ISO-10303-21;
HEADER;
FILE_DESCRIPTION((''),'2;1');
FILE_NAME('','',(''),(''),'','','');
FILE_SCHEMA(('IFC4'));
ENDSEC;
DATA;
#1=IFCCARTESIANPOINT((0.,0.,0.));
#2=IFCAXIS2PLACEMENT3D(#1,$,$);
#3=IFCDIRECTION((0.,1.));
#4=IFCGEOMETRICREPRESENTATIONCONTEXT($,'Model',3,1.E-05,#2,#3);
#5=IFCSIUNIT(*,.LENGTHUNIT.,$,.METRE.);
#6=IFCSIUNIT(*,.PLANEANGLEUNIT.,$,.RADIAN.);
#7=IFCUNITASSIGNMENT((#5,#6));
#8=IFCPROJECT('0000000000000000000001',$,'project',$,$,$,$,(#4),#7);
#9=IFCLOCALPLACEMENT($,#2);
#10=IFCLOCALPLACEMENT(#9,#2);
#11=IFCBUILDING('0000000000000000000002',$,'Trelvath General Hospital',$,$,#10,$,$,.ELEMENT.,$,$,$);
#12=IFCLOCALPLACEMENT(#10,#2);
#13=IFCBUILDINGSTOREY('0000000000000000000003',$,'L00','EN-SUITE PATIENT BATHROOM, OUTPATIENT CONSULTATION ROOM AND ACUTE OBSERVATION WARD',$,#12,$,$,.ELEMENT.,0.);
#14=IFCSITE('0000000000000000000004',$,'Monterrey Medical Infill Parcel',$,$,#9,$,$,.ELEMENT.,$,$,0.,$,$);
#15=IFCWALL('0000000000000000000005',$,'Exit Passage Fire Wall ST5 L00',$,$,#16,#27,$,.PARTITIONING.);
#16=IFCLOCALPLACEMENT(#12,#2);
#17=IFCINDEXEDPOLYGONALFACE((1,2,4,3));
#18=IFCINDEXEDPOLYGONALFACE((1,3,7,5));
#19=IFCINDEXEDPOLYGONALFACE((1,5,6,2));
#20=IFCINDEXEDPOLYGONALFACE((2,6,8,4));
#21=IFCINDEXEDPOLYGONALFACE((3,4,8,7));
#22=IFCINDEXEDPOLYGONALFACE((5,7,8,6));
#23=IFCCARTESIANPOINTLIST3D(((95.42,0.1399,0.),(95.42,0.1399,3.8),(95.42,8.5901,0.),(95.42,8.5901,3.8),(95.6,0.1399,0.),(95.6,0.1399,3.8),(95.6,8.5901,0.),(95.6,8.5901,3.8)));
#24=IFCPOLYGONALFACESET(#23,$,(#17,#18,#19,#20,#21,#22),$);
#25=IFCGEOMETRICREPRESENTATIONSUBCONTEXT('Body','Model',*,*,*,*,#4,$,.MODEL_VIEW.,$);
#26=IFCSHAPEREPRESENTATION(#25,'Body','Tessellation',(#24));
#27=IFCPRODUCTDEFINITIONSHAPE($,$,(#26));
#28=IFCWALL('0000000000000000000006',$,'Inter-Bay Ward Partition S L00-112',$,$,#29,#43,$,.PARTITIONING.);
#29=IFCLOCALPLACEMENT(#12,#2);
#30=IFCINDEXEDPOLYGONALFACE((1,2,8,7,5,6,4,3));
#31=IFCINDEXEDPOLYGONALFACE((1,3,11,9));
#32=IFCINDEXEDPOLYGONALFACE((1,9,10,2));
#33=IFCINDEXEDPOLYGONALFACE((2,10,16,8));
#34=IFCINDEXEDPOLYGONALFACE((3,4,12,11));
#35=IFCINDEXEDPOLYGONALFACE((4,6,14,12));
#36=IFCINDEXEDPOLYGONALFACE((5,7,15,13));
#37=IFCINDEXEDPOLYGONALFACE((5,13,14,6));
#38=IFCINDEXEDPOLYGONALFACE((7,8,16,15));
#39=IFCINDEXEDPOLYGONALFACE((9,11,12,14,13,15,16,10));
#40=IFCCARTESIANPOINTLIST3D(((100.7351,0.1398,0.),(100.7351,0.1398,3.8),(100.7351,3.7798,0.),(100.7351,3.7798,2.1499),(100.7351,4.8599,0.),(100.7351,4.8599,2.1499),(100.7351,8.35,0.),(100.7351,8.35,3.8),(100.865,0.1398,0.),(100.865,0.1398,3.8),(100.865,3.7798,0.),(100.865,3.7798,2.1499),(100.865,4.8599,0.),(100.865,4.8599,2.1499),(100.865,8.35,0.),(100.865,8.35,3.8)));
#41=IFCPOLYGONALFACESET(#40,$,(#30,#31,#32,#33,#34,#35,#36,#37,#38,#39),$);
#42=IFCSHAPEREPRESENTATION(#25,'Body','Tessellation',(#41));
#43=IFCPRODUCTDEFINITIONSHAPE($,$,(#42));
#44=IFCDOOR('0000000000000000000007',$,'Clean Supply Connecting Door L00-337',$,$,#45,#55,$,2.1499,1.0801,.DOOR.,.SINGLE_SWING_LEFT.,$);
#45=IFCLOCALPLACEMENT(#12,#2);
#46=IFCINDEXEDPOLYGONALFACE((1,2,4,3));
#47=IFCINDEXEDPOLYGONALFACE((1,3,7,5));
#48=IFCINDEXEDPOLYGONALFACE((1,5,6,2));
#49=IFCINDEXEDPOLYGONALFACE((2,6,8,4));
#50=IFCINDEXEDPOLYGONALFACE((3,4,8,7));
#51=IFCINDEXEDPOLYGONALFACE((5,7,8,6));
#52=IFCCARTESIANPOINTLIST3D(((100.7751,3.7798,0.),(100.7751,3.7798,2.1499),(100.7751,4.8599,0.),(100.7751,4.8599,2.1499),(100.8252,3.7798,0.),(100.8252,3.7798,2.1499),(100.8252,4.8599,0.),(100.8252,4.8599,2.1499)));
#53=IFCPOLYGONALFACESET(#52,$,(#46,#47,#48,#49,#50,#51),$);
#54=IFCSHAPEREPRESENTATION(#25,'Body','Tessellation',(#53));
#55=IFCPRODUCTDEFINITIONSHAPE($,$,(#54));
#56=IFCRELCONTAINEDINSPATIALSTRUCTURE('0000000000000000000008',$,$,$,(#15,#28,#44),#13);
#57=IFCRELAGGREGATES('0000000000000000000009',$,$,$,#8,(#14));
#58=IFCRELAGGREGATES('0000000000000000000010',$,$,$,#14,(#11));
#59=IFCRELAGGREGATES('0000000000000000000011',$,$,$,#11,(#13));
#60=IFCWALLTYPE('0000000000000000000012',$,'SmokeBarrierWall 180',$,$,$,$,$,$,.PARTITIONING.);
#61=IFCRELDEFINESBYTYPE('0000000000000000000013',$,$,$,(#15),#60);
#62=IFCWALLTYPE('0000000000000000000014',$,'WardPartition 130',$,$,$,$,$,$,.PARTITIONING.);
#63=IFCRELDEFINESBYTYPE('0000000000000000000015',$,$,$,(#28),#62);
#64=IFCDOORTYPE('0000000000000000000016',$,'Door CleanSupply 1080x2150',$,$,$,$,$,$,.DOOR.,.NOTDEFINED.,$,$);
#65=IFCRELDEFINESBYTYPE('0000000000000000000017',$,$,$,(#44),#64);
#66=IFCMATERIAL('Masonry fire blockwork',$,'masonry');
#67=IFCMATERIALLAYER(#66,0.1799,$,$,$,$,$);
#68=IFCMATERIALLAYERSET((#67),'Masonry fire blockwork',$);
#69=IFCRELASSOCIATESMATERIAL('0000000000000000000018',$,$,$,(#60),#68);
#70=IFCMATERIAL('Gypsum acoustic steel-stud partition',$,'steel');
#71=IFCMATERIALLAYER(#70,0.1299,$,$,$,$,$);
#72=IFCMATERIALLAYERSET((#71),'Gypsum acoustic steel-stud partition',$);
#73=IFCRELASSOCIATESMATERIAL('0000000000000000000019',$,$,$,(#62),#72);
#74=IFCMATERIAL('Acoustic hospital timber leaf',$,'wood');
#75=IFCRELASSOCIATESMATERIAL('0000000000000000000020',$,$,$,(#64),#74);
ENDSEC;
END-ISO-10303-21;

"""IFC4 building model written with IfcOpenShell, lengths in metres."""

from ifc_helpers import new_model, si_unit, direction, frame, frame_2d, origin, place, context, subcontext, project, spatial, rectangle, extrude, material, layer, layer_set, type_object, element, fill, save


model = new_model("IFC4")

# Units and contexts
model_context = context("Model", 3, precision=1e-05, world=origin(), true_north=direction((0.0, 1.0)))
body_context = subcontext(model_context, "Body", "Model", "MODEL_VIEW")
ifc_project = project(units=[si_unit("LENGTHUNIT", "METRE"), si_unit("PLANEANGLEUNIT", "RADIAN")], contexts=[model_context])

# Site, building, storey
site_placement = place(None, origin())
site = spatial("IfcSite", under=ifc_project, at=site_placement, Name="Monterrey Medical Infill Parcel", CompositionType="ELEMENT", RefElevation=0.0)
building_placement = place(site_placement, origin())
building = spatial("IfcBuilding", under=site, at=building_placement, Name="Trelvath General Hospital", CompositionType="ELEMENT")
storey_placement = place(building_placement, origin())
storey = spatial("IfcBuildingStorey", under=building, at=storey_placement, Name="L00", Description="EN-SUITE PATIENT BATHROOM, OUTPATIENT CONSULTATION ROOM AND ACUTE OBSERVATION WARD", CompositionType="ELEMENT", Elevation=0.0)

# Wall
ifc_material_1 = material(Name="Masonry fire blockwork", Category="masonry")
ifc_layer_1 = layer(ifc_material_1, 0.1799)
ifc_layer_set_1 = layer_set([ifc_layer_1], Name="Masonry fire blockwork")
wall_type_1 = type_object("IfcWallType", Name="SmokeBarrierWall 180", PredefinedType="PARTITIONING", material=ifc_layer_set_1)
wall_1_placement = place(storey_placement, frame((95.51, 0.1399, 0.0), z_axis=(0.0, 0.0, 1.0), x_axis=(0.0, 1.0, 0.0)))
element("IfcWall", 1, at=wall_1_placement, inside=storey, type_object=wall_type_1, Name="Exit Passage Fire Wall ST5 L00", PredefinedType="PARTITIONING", context=body_context, shape_type="SweptSolid", body=[
    extrude(rectangle(XDim=8.4502, YDim=0.1799, at=frame_2d((4.2251, 0.0))), origin(), (0.0, 0.0, 1.0), 3.8),
])

# Wall, opening, door
ifc_material_2 = material(Name="Gypsum acoustic steel-stud partition", Category="steel")
ifc_layer_2 = layer(ifc_material_2, 0.1299)
ifc_layer_set_2 = layer_set([ifc_layer_2], Name="Gypsum acoustic steel-stud partition")
wall_type_2 = type_object("IfcWallType", Name="WardPartition 130", PredefinedType="PARTITIONING", material=ifc_layer_set_2)
wall_2_placement = place(storey_placement, frame((100.8, 0.1399, 0.0), z_axis=(0.0, 0.0, 1.0), x_axis=(0.0, 1.0, 0.0)))
wall_2 = element("IfcWall", 2, at=wall_2_placement, inside=storey, type_object=wall_type_2, Name="Inter-Bay Ward Partition S L00-112", PredefinedType="PARTITIONING", context=body_context, shape_type="SweptSolid", body=[
    extrude(rectangle(XDim=8.2102, YDim=0.1299, at=frame_2d((4.105, 0.0))), origin(), (0.0, 0.0, 1.0), 3.8),
])
opening_1_placement = place(wall_2_placement, frame((3.6399, 0.0, 0.0)))
opening_1 = element("IfcOpeningElement", 3, at=opening_1_placement, cuts=wall_2, PredefinedType="OPENING", context=body_context, shape_type="SweptSolid", body=[
    extrude(rectangle(XDim=1.0801, YDim=2.1499, at=frame_2d((0.54, 1.075))), frame((0.0, 0.075, 0.0), z_axis=(0.0, -1.0, 0.0), x_axis=(1.0, 0.0, 0.0)), (0.0, 0.0, 1.0), 0.1499),
])
ifc_material_3 = material(Name="Acoustic hospital timber leaf", Category="wood")
door_type_1 = type_object("IfcDoorType", Name="Door CleanSupply 1080x2150", OperationType="NOTDEFINED", PredefinedType="DOOR", material=ifc_material_3)
door_1_placement = place(opening_1_placement, origin())
door_1 = element("IfcDoor", 4, at=door_1_placement, inside=storey, type_object=door_type_1, Name="Clean Supply Connecting Door L00-337", OperationType="SINGLE_SWING_LEFT", OverallHeight=2.1499, OverallWidth=1.0801, PredefinedType="DOOR", context=body_context, shape_type="SweptSolid", body=[
    extrude(rectangle(XDim=1.0801, YDim=2.1499, at=frame_2d((0.54, 1.075))), frame((0.0, 0.0249, 0.0), z_axis=(0.0, -1.0, 0.0), x_axis=(1.0, 0.0, 0.0)), (0.0, 0.0, 1.0), 0.05),
])
fill(opening_1, door_1)

save(model, "model.ifc")
